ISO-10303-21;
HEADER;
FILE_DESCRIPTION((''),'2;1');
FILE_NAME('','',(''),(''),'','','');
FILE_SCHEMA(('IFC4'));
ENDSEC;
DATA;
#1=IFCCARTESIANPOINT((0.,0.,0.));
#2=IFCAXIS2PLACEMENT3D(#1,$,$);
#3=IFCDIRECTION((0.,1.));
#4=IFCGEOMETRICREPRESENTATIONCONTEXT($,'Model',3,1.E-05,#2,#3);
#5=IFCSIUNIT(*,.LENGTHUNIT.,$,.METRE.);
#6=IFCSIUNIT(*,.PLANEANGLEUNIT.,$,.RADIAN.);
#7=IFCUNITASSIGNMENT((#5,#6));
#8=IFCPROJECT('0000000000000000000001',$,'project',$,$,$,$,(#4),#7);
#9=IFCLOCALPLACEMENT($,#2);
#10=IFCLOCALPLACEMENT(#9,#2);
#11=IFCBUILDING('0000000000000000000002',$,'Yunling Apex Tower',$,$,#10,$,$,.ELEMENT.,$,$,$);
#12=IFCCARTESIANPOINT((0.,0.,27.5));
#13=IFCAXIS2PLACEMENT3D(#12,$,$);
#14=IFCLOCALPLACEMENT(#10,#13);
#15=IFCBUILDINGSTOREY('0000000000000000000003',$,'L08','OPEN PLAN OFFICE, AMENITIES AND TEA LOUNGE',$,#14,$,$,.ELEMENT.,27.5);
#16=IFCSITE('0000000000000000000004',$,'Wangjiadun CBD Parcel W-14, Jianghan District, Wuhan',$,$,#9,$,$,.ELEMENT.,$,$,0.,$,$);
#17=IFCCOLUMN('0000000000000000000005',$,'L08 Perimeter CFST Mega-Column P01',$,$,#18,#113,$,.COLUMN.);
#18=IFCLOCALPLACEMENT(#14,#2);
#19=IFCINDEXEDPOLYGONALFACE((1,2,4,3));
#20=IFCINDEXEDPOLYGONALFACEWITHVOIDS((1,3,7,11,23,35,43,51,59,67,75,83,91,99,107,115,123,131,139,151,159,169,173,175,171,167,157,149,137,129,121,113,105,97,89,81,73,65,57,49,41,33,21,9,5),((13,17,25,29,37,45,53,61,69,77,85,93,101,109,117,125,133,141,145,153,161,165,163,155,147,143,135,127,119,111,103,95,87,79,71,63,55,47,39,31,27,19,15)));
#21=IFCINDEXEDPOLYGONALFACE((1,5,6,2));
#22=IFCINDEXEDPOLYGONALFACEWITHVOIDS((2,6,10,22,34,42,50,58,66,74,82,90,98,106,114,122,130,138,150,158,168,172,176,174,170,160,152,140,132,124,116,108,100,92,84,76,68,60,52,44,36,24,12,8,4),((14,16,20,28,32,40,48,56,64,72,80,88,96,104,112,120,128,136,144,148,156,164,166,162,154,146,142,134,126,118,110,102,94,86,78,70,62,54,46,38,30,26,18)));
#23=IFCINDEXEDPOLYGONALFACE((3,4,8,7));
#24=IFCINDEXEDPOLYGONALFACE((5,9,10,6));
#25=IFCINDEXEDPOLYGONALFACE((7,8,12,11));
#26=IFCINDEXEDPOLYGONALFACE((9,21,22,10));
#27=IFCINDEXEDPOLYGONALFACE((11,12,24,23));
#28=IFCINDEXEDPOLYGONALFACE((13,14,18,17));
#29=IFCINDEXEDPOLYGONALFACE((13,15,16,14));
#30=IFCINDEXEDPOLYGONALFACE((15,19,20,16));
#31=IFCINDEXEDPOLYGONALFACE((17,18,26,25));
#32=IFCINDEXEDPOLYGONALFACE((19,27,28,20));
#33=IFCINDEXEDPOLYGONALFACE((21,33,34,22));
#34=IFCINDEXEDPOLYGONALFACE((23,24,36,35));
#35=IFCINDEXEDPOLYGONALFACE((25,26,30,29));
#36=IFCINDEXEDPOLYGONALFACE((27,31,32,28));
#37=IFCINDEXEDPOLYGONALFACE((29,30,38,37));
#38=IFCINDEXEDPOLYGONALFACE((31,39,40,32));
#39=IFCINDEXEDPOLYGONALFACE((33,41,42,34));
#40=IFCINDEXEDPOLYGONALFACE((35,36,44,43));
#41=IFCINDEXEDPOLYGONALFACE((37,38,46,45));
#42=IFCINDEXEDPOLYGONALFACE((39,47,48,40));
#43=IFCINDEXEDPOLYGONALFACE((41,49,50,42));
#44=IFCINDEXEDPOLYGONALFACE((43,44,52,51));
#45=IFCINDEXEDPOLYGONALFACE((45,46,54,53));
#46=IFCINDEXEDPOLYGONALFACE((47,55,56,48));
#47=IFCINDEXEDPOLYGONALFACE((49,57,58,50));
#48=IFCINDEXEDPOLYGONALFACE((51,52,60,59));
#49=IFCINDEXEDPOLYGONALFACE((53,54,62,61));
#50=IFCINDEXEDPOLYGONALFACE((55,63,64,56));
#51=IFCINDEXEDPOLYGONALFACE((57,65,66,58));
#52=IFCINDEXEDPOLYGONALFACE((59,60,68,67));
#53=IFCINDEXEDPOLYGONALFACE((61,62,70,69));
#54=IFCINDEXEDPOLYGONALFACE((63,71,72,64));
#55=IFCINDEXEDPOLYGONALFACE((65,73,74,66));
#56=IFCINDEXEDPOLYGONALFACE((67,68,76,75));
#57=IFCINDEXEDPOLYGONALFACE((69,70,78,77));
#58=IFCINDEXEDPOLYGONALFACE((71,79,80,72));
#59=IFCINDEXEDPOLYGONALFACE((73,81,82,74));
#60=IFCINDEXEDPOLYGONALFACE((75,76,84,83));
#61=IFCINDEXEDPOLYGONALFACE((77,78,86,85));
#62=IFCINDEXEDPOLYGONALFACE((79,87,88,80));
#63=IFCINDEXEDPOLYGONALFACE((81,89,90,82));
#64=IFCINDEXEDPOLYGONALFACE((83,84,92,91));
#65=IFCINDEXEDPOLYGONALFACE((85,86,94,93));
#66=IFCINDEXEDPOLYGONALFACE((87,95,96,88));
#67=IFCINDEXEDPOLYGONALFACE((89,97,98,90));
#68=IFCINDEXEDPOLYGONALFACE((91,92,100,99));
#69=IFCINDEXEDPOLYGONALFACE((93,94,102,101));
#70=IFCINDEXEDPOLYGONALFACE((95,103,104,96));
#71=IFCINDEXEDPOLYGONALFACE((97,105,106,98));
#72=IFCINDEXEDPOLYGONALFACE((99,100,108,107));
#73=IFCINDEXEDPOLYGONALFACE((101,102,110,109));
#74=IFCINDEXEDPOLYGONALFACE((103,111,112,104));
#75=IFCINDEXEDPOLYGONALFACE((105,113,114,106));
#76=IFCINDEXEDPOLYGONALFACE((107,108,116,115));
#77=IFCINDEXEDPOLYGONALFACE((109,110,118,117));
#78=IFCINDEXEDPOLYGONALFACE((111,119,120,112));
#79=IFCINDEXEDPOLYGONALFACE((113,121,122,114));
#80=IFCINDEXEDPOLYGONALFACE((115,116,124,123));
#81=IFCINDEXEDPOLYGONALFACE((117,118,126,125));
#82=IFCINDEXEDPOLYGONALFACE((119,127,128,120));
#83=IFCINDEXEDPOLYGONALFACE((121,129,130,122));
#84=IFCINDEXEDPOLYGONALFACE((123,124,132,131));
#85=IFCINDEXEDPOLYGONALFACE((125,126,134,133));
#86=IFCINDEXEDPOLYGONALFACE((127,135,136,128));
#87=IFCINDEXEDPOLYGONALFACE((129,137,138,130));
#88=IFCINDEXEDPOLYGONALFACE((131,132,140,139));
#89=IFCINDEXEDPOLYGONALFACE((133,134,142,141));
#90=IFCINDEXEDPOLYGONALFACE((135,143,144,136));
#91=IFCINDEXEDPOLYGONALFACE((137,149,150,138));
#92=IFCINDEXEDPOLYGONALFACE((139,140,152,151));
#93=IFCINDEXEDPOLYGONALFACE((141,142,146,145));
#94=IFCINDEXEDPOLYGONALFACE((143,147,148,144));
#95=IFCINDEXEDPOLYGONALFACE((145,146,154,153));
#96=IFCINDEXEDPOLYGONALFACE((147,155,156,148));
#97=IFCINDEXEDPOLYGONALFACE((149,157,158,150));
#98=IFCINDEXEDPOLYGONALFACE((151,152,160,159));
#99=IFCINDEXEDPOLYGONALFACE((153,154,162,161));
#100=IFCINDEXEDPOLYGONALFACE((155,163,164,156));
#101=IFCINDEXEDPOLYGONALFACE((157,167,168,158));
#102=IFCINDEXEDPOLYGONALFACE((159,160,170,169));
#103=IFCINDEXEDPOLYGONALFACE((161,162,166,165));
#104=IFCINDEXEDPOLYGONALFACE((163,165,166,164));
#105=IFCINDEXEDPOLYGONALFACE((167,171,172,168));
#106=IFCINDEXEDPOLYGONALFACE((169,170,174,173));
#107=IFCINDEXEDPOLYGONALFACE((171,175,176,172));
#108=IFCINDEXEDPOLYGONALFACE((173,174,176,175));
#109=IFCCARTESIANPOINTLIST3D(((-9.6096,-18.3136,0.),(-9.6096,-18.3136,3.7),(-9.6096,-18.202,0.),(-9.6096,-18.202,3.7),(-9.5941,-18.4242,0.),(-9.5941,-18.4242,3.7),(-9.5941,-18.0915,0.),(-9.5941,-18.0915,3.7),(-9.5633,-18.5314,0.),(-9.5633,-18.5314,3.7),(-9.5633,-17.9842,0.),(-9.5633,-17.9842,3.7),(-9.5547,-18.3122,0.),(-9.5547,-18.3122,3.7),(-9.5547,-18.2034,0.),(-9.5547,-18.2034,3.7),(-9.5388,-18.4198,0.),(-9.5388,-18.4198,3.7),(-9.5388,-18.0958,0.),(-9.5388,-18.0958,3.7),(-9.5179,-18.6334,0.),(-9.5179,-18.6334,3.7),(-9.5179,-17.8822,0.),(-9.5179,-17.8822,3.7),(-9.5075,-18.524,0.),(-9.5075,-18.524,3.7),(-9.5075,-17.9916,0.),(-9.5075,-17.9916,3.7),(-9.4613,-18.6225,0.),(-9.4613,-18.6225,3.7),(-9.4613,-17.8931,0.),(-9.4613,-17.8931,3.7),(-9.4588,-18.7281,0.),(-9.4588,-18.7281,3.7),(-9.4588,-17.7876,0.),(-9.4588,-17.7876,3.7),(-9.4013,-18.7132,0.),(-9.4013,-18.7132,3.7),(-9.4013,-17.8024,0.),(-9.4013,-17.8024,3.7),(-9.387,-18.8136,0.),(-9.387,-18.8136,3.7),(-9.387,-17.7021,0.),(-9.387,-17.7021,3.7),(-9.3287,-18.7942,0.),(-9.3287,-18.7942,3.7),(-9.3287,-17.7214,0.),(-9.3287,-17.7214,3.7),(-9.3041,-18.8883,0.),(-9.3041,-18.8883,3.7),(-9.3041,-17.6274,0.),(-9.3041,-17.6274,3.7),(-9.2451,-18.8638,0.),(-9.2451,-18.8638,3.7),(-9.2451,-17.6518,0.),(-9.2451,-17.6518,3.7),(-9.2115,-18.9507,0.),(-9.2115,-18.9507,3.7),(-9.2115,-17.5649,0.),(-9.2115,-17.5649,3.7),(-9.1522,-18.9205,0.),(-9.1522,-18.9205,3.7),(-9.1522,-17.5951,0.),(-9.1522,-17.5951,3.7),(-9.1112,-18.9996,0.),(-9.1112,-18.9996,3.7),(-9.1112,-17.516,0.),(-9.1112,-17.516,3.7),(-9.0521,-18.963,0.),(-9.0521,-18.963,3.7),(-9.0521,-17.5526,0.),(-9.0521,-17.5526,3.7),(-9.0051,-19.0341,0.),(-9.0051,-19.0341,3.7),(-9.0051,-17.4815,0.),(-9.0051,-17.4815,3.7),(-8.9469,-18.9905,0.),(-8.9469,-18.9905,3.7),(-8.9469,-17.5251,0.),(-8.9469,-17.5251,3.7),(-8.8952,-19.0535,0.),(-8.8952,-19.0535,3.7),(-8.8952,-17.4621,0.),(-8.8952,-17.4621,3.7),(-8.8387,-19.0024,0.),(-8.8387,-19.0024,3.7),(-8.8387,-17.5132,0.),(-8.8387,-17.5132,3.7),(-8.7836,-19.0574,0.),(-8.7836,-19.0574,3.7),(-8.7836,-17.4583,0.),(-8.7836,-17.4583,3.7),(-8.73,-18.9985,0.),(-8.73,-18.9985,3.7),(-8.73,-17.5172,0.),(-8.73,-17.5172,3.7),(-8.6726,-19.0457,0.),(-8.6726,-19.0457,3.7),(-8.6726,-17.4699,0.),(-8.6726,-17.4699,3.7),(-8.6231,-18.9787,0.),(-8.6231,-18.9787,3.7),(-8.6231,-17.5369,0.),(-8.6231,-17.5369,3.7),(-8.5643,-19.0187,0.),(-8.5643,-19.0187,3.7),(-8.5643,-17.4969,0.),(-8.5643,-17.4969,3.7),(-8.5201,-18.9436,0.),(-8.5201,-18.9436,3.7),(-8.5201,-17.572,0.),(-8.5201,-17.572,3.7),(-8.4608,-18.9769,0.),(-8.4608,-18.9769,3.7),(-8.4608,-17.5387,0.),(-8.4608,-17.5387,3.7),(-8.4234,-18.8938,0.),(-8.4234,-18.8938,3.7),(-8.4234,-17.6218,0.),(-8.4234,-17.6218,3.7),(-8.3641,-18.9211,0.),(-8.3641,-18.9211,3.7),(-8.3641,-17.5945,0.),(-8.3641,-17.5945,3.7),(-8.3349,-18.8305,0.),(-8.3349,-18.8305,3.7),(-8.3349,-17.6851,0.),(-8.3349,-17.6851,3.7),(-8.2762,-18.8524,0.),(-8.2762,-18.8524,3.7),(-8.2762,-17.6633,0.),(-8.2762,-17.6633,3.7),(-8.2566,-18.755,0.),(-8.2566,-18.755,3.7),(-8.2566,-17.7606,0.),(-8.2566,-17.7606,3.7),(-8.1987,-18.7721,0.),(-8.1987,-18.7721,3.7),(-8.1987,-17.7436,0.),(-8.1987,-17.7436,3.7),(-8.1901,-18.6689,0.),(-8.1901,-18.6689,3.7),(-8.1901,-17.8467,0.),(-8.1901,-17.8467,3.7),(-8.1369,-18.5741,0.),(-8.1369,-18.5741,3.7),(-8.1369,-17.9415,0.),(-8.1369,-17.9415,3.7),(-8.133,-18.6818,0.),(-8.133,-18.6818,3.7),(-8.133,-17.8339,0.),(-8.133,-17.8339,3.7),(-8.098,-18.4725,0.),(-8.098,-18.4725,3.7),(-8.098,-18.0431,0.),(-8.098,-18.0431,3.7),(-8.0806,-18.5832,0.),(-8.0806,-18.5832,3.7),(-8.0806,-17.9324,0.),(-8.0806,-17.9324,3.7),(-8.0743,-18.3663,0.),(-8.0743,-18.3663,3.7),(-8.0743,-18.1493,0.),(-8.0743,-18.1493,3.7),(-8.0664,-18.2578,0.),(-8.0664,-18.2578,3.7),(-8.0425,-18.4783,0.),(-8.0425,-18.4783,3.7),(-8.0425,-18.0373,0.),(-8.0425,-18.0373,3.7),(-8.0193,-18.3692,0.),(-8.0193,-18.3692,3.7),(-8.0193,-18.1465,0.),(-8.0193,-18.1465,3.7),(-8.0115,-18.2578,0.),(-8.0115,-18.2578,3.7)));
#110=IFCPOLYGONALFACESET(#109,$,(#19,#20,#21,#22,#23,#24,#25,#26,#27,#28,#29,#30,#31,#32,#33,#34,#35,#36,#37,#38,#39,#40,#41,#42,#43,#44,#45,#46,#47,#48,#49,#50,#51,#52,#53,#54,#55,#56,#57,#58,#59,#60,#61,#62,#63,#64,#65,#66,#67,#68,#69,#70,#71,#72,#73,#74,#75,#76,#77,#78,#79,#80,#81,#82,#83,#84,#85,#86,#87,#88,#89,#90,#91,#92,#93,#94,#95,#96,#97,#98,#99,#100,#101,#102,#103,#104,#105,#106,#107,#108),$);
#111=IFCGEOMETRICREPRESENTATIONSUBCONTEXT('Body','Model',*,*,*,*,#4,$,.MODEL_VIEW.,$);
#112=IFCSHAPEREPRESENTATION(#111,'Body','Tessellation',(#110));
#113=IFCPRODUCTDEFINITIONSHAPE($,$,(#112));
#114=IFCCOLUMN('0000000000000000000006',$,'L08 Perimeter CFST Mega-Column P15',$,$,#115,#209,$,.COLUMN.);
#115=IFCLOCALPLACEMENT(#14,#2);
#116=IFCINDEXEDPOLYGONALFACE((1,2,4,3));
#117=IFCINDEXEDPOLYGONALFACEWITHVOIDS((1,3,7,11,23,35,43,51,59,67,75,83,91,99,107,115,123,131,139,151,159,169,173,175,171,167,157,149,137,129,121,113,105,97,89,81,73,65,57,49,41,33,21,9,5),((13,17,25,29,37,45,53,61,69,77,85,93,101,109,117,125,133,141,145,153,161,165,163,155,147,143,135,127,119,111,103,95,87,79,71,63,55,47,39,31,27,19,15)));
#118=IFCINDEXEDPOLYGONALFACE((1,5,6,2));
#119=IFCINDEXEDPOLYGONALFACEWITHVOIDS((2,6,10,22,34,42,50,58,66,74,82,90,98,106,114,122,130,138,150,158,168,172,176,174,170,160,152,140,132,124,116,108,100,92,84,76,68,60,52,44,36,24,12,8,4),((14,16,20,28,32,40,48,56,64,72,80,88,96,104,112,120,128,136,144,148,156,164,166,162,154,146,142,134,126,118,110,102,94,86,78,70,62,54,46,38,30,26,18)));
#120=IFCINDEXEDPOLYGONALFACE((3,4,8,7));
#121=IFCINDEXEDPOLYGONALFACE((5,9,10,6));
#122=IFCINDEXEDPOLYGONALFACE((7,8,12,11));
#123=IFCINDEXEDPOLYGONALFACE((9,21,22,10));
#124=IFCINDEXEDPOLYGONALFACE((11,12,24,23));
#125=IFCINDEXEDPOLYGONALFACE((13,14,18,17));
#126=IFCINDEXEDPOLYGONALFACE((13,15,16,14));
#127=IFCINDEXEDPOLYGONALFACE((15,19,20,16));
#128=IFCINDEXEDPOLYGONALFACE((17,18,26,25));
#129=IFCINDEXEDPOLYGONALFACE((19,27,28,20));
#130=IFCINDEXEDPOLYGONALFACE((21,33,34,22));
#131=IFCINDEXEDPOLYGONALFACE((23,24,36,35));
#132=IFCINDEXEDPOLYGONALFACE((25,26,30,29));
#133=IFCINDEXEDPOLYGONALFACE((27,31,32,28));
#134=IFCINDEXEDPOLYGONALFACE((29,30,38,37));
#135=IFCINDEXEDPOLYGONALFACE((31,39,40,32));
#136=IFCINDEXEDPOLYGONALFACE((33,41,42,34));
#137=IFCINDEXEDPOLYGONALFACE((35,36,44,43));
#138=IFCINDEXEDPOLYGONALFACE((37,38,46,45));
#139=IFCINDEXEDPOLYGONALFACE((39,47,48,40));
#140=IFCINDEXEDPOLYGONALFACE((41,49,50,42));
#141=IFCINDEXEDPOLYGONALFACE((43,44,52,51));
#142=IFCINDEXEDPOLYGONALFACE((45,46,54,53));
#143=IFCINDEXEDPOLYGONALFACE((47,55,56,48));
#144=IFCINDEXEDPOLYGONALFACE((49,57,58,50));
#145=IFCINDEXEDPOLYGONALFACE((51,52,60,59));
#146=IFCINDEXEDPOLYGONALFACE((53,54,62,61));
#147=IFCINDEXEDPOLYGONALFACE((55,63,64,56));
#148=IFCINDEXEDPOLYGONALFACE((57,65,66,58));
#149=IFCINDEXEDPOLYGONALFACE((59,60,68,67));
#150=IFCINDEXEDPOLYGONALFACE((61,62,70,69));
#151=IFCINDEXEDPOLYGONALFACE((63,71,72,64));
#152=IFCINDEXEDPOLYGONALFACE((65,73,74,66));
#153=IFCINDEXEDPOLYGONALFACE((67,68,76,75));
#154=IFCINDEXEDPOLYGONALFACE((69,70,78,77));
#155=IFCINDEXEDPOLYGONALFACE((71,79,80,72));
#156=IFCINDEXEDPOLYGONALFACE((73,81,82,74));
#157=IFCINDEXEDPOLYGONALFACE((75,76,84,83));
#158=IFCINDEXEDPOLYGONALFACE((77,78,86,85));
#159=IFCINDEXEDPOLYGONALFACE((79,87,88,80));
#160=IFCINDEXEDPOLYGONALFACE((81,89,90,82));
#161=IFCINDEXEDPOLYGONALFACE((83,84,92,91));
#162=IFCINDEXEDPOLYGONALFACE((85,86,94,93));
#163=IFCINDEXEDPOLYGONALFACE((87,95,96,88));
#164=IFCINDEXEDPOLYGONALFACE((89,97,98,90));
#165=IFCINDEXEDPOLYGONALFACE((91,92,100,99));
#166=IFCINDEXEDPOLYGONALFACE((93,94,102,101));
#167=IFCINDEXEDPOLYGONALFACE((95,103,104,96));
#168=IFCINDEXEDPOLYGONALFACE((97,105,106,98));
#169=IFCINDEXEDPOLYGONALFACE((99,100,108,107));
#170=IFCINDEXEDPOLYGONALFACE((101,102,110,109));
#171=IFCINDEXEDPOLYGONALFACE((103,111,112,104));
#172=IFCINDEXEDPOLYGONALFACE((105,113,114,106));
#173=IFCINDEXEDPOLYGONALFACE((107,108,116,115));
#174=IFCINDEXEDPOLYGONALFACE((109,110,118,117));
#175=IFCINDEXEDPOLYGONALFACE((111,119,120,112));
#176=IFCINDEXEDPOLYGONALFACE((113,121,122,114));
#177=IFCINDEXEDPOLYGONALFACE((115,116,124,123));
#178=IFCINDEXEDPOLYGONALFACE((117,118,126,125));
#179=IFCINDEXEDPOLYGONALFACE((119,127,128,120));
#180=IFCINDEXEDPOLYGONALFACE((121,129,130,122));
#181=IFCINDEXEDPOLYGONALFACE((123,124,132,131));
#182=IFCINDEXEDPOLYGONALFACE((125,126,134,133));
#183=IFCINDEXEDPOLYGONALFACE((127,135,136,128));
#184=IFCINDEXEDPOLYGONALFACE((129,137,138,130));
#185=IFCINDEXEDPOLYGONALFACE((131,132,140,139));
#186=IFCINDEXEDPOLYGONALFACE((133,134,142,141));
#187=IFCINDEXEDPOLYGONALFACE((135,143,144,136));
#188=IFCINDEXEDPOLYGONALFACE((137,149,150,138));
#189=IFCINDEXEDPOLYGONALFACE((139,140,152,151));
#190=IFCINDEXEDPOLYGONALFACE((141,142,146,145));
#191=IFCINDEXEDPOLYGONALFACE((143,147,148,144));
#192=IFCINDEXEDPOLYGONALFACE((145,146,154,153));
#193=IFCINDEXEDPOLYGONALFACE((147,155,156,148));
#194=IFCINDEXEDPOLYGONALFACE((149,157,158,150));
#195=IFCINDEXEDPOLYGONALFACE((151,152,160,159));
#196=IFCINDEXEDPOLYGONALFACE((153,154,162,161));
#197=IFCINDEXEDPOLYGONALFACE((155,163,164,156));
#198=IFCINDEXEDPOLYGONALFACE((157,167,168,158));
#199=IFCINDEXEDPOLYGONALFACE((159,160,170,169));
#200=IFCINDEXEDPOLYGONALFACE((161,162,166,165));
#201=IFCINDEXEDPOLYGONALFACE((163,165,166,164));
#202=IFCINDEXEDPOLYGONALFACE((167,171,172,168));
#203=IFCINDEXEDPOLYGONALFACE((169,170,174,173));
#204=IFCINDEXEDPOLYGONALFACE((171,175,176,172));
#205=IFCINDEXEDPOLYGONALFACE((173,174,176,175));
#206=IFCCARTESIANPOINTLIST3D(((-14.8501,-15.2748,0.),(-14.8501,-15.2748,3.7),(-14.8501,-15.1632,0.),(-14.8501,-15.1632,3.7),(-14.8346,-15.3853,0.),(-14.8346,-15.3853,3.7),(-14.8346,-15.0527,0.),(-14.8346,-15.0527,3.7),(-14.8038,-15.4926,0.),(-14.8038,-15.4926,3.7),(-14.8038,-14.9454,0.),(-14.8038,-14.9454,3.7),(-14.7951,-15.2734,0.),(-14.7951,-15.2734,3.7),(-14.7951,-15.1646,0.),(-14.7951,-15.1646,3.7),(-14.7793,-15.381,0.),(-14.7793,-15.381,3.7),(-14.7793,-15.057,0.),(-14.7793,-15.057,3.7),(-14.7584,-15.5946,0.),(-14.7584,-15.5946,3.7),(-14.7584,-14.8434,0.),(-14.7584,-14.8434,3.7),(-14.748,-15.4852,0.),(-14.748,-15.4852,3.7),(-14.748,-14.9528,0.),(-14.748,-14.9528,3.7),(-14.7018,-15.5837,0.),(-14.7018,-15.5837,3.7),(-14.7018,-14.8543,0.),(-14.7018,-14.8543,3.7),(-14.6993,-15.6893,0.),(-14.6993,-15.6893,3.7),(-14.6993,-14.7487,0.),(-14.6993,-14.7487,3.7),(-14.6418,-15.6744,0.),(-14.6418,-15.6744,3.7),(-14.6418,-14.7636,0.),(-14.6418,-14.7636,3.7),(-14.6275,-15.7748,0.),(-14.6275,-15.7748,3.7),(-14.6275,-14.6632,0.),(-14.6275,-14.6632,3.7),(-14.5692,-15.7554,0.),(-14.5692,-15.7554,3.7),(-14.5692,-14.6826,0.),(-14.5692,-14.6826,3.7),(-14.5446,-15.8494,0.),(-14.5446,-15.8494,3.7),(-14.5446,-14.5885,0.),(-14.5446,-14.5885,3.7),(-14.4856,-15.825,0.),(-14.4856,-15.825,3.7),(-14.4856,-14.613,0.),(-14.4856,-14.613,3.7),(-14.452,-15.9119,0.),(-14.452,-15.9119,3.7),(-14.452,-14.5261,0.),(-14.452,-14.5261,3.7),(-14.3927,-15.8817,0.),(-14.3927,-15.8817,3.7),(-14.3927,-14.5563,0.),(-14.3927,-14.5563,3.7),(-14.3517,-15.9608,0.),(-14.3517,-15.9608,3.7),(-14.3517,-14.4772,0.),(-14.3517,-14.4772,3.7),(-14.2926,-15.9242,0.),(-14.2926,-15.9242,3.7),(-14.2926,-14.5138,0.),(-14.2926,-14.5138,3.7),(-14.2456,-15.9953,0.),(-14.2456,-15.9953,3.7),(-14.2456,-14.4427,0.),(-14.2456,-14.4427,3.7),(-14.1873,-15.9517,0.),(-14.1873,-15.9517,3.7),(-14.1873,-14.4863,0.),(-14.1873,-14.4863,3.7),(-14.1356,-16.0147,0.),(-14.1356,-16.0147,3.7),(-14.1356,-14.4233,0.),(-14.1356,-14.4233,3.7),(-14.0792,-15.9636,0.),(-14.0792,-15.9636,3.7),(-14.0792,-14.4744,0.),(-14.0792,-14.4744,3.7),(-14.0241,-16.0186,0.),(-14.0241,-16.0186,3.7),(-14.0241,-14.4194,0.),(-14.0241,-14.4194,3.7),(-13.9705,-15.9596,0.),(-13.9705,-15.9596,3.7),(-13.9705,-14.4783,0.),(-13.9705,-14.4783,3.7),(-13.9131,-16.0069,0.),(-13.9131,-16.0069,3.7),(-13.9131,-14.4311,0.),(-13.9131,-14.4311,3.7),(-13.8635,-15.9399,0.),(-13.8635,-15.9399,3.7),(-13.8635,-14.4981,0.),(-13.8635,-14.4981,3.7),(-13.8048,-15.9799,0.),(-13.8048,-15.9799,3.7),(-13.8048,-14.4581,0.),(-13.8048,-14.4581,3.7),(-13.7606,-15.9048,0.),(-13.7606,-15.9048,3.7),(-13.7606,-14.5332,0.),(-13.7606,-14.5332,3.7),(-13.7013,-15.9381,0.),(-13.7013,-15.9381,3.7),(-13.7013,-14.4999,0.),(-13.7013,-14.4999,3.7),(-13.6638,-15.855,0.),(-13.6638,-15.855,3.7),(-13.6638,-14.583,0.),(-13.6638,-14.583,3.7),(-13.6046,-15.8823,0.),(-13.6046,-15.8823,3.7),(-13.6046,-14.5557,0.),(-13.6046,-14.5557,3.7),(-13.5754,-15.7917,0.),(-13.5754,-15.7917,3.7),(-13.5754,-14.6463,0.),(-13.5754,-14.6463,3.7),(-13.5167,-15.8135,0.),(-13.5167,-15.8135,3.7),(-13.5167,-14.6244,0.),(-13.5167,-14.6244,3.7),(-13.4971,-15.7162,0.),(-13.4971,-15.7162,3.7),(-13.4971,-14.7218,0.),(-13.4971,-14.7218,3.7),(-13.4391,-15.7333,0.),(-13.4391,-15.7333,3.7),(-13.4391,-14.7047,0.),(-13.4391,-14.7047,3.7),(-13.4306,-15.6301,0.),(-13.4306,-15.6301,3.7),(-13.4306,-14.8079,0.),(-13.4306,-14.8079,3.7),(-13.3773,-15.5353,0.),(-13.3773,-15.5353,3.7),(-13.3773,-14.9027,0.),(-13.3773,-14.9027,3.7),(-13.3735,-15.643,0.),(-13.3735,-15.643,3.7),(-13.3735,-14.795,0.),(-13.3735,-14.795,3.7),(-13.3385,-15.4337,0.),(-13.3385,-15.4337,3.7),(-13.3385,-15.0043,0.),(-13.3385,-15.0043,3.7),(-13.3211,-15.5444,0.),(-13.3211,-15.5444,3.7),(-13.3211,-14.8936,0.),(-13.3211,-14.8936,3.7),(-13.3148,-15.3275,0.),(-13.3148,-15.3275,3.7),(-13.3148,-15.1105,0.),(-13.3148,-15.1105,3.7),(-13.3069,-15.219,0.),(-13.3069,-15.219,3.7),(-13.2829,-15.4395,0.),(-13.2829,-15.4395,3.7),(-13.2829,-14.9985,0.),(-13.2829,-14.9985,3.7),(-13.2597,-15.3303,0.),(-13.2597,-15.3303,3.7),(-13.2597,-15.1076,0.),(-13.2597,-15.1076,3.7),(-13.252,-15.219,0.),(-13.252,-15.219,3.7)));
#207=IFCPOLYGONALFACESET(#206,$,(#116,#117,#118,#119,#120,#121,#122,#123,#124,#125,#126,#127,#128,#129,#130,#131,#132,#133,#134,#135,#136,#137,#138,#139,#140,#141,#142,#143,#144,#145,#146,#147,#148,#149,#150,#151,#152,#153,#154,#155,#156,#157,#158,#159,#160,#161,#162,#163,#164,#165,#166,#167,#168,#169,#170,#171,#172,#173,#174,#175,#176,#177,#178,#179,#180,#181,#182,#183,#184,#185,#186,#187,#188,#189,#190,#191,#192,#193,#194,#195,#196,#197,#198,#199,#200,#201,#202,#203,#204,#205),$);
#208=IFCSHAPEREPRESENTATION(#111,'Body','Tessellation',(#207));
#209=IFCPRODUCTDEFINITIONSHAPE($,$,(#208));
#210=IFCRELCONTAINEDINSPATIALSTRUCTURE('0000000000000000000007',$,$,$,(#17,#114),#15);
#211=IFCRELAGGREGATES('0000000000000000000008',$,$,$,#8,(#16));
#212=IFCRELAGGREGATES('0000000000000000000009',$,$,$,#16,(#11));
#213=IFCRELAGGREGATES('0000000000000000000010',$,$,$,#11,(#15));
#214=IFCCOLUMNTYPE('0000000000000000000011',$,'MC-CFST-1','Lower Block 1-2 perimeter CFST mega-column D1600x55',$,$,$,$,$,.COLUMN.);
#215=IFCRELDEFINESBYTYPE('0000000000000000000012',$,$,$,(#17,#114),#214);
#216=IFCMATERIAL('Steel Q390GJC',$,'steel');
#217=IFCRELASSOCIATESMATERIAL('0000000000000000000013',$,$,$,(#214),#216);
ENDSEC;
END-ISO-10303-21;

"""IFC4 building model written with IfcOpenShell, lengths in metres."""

from ifc_helpers import new_model, si_unit, direction, frame, origin, origin_2d, place, context, subcontext, project, spatial, hollow_circle, extrude, source, transform, mapped, material, material_profile, profile_set, type_object, element, save


model = new_model("IFC4")

# Units and contexts
model_context = context("Model", 3, precision=1e-05, world=origin(), true_north=direction((0.0, 1.0)))
body_context = subcontext(model_context, "Body", "Model", "MODEL_VIEW")
ifc_project = project(units=[si_unit("LENGTHUNIT", "METRE"), si_unit("PLANEANGLEUNIT", "RADIAN")], contexts=[model_context])

# Site, building, storey
site_placement = place(None, origin())
site = spatial("IfcSite", under=ifc_project, at=site_placement, Name="Wangjiadun CBD Parcel W-14, Jianghan District, Wuhan", CompositionType="ELEMENT", RefElevation=0.0)
building_placement = place(site_placement, origin())
building = spatial("IfcBuilding", under=site, at=building_placement, Name="Yunling Apex Tower", CompositionType="ELEMENT")
storey_placement = place(building_placement, frame((0.0, 0.0, 27.5)))
storey = spatial("IfcBuildingStorey", under=building, at=storey_placement, Name="L08", Description="OPEN PLAN OFFICE, AMENITIES AND TEA LOUNGE", CompositionType="ELEMENT", Elevation=27.5)

# Columns
ifc_material_1 = material(Name="Steel Q390GJC", Category="steel")
ifc_material_profile_1 = material_profile(ifc_material_1, hollow_circle(Radius=0.8, WallThickness=0.0549, at=origin_2d()))
ifc_profile_set_1 = profile_set([ifc_material_profile_1], Name="Steel Q390GJC")
column_type = type_object("IfcColumnType", Name="MC-CFST-1", Description="Lower Block 1-2 perimeter CFST mega-column D1600x55", PredefinedType="COLUMN", material=ifc_profile_set_1)
shared_shape_1 = source(origin(), body_context, "Body", "SweptSolid", [
    extrude(hollow_circle(Radius=0.8, WallThickness=0.0549, at=origin_2d()), origin(), (0.0, 0.0, 1.0), 3.7),
])
for number, where, z_axis, x_axis, name in (
    (1, (-8.8115, -18.2578, 0.0), (0.0, 0.0, 1.0), (1.0, 0.0, 0.0), "L08 Perimeter CFST Mega-Column P01"),
    (2, (-14.052, -15.219, 0.0), (0.0, 0.0, 1.0), (1.0, 0.0, 0.0), "L08 Perimeter CFST Mega-Column P15"),
):
    element("IfcColumn", number, at=place(storey_placement, frame(where, z_axis=z_axis, x_axis=x_axis)), inside=storey, type_object=column_type, Name=name, PredefinedType="COLUMN", context=body_context, shape_type="MappedRepresentation", body=[
        mapped(shared_shape_1, transform((0.0, 0.0, 0.0), scale=1.0)),
    ])

save(model, "model.ifc")
